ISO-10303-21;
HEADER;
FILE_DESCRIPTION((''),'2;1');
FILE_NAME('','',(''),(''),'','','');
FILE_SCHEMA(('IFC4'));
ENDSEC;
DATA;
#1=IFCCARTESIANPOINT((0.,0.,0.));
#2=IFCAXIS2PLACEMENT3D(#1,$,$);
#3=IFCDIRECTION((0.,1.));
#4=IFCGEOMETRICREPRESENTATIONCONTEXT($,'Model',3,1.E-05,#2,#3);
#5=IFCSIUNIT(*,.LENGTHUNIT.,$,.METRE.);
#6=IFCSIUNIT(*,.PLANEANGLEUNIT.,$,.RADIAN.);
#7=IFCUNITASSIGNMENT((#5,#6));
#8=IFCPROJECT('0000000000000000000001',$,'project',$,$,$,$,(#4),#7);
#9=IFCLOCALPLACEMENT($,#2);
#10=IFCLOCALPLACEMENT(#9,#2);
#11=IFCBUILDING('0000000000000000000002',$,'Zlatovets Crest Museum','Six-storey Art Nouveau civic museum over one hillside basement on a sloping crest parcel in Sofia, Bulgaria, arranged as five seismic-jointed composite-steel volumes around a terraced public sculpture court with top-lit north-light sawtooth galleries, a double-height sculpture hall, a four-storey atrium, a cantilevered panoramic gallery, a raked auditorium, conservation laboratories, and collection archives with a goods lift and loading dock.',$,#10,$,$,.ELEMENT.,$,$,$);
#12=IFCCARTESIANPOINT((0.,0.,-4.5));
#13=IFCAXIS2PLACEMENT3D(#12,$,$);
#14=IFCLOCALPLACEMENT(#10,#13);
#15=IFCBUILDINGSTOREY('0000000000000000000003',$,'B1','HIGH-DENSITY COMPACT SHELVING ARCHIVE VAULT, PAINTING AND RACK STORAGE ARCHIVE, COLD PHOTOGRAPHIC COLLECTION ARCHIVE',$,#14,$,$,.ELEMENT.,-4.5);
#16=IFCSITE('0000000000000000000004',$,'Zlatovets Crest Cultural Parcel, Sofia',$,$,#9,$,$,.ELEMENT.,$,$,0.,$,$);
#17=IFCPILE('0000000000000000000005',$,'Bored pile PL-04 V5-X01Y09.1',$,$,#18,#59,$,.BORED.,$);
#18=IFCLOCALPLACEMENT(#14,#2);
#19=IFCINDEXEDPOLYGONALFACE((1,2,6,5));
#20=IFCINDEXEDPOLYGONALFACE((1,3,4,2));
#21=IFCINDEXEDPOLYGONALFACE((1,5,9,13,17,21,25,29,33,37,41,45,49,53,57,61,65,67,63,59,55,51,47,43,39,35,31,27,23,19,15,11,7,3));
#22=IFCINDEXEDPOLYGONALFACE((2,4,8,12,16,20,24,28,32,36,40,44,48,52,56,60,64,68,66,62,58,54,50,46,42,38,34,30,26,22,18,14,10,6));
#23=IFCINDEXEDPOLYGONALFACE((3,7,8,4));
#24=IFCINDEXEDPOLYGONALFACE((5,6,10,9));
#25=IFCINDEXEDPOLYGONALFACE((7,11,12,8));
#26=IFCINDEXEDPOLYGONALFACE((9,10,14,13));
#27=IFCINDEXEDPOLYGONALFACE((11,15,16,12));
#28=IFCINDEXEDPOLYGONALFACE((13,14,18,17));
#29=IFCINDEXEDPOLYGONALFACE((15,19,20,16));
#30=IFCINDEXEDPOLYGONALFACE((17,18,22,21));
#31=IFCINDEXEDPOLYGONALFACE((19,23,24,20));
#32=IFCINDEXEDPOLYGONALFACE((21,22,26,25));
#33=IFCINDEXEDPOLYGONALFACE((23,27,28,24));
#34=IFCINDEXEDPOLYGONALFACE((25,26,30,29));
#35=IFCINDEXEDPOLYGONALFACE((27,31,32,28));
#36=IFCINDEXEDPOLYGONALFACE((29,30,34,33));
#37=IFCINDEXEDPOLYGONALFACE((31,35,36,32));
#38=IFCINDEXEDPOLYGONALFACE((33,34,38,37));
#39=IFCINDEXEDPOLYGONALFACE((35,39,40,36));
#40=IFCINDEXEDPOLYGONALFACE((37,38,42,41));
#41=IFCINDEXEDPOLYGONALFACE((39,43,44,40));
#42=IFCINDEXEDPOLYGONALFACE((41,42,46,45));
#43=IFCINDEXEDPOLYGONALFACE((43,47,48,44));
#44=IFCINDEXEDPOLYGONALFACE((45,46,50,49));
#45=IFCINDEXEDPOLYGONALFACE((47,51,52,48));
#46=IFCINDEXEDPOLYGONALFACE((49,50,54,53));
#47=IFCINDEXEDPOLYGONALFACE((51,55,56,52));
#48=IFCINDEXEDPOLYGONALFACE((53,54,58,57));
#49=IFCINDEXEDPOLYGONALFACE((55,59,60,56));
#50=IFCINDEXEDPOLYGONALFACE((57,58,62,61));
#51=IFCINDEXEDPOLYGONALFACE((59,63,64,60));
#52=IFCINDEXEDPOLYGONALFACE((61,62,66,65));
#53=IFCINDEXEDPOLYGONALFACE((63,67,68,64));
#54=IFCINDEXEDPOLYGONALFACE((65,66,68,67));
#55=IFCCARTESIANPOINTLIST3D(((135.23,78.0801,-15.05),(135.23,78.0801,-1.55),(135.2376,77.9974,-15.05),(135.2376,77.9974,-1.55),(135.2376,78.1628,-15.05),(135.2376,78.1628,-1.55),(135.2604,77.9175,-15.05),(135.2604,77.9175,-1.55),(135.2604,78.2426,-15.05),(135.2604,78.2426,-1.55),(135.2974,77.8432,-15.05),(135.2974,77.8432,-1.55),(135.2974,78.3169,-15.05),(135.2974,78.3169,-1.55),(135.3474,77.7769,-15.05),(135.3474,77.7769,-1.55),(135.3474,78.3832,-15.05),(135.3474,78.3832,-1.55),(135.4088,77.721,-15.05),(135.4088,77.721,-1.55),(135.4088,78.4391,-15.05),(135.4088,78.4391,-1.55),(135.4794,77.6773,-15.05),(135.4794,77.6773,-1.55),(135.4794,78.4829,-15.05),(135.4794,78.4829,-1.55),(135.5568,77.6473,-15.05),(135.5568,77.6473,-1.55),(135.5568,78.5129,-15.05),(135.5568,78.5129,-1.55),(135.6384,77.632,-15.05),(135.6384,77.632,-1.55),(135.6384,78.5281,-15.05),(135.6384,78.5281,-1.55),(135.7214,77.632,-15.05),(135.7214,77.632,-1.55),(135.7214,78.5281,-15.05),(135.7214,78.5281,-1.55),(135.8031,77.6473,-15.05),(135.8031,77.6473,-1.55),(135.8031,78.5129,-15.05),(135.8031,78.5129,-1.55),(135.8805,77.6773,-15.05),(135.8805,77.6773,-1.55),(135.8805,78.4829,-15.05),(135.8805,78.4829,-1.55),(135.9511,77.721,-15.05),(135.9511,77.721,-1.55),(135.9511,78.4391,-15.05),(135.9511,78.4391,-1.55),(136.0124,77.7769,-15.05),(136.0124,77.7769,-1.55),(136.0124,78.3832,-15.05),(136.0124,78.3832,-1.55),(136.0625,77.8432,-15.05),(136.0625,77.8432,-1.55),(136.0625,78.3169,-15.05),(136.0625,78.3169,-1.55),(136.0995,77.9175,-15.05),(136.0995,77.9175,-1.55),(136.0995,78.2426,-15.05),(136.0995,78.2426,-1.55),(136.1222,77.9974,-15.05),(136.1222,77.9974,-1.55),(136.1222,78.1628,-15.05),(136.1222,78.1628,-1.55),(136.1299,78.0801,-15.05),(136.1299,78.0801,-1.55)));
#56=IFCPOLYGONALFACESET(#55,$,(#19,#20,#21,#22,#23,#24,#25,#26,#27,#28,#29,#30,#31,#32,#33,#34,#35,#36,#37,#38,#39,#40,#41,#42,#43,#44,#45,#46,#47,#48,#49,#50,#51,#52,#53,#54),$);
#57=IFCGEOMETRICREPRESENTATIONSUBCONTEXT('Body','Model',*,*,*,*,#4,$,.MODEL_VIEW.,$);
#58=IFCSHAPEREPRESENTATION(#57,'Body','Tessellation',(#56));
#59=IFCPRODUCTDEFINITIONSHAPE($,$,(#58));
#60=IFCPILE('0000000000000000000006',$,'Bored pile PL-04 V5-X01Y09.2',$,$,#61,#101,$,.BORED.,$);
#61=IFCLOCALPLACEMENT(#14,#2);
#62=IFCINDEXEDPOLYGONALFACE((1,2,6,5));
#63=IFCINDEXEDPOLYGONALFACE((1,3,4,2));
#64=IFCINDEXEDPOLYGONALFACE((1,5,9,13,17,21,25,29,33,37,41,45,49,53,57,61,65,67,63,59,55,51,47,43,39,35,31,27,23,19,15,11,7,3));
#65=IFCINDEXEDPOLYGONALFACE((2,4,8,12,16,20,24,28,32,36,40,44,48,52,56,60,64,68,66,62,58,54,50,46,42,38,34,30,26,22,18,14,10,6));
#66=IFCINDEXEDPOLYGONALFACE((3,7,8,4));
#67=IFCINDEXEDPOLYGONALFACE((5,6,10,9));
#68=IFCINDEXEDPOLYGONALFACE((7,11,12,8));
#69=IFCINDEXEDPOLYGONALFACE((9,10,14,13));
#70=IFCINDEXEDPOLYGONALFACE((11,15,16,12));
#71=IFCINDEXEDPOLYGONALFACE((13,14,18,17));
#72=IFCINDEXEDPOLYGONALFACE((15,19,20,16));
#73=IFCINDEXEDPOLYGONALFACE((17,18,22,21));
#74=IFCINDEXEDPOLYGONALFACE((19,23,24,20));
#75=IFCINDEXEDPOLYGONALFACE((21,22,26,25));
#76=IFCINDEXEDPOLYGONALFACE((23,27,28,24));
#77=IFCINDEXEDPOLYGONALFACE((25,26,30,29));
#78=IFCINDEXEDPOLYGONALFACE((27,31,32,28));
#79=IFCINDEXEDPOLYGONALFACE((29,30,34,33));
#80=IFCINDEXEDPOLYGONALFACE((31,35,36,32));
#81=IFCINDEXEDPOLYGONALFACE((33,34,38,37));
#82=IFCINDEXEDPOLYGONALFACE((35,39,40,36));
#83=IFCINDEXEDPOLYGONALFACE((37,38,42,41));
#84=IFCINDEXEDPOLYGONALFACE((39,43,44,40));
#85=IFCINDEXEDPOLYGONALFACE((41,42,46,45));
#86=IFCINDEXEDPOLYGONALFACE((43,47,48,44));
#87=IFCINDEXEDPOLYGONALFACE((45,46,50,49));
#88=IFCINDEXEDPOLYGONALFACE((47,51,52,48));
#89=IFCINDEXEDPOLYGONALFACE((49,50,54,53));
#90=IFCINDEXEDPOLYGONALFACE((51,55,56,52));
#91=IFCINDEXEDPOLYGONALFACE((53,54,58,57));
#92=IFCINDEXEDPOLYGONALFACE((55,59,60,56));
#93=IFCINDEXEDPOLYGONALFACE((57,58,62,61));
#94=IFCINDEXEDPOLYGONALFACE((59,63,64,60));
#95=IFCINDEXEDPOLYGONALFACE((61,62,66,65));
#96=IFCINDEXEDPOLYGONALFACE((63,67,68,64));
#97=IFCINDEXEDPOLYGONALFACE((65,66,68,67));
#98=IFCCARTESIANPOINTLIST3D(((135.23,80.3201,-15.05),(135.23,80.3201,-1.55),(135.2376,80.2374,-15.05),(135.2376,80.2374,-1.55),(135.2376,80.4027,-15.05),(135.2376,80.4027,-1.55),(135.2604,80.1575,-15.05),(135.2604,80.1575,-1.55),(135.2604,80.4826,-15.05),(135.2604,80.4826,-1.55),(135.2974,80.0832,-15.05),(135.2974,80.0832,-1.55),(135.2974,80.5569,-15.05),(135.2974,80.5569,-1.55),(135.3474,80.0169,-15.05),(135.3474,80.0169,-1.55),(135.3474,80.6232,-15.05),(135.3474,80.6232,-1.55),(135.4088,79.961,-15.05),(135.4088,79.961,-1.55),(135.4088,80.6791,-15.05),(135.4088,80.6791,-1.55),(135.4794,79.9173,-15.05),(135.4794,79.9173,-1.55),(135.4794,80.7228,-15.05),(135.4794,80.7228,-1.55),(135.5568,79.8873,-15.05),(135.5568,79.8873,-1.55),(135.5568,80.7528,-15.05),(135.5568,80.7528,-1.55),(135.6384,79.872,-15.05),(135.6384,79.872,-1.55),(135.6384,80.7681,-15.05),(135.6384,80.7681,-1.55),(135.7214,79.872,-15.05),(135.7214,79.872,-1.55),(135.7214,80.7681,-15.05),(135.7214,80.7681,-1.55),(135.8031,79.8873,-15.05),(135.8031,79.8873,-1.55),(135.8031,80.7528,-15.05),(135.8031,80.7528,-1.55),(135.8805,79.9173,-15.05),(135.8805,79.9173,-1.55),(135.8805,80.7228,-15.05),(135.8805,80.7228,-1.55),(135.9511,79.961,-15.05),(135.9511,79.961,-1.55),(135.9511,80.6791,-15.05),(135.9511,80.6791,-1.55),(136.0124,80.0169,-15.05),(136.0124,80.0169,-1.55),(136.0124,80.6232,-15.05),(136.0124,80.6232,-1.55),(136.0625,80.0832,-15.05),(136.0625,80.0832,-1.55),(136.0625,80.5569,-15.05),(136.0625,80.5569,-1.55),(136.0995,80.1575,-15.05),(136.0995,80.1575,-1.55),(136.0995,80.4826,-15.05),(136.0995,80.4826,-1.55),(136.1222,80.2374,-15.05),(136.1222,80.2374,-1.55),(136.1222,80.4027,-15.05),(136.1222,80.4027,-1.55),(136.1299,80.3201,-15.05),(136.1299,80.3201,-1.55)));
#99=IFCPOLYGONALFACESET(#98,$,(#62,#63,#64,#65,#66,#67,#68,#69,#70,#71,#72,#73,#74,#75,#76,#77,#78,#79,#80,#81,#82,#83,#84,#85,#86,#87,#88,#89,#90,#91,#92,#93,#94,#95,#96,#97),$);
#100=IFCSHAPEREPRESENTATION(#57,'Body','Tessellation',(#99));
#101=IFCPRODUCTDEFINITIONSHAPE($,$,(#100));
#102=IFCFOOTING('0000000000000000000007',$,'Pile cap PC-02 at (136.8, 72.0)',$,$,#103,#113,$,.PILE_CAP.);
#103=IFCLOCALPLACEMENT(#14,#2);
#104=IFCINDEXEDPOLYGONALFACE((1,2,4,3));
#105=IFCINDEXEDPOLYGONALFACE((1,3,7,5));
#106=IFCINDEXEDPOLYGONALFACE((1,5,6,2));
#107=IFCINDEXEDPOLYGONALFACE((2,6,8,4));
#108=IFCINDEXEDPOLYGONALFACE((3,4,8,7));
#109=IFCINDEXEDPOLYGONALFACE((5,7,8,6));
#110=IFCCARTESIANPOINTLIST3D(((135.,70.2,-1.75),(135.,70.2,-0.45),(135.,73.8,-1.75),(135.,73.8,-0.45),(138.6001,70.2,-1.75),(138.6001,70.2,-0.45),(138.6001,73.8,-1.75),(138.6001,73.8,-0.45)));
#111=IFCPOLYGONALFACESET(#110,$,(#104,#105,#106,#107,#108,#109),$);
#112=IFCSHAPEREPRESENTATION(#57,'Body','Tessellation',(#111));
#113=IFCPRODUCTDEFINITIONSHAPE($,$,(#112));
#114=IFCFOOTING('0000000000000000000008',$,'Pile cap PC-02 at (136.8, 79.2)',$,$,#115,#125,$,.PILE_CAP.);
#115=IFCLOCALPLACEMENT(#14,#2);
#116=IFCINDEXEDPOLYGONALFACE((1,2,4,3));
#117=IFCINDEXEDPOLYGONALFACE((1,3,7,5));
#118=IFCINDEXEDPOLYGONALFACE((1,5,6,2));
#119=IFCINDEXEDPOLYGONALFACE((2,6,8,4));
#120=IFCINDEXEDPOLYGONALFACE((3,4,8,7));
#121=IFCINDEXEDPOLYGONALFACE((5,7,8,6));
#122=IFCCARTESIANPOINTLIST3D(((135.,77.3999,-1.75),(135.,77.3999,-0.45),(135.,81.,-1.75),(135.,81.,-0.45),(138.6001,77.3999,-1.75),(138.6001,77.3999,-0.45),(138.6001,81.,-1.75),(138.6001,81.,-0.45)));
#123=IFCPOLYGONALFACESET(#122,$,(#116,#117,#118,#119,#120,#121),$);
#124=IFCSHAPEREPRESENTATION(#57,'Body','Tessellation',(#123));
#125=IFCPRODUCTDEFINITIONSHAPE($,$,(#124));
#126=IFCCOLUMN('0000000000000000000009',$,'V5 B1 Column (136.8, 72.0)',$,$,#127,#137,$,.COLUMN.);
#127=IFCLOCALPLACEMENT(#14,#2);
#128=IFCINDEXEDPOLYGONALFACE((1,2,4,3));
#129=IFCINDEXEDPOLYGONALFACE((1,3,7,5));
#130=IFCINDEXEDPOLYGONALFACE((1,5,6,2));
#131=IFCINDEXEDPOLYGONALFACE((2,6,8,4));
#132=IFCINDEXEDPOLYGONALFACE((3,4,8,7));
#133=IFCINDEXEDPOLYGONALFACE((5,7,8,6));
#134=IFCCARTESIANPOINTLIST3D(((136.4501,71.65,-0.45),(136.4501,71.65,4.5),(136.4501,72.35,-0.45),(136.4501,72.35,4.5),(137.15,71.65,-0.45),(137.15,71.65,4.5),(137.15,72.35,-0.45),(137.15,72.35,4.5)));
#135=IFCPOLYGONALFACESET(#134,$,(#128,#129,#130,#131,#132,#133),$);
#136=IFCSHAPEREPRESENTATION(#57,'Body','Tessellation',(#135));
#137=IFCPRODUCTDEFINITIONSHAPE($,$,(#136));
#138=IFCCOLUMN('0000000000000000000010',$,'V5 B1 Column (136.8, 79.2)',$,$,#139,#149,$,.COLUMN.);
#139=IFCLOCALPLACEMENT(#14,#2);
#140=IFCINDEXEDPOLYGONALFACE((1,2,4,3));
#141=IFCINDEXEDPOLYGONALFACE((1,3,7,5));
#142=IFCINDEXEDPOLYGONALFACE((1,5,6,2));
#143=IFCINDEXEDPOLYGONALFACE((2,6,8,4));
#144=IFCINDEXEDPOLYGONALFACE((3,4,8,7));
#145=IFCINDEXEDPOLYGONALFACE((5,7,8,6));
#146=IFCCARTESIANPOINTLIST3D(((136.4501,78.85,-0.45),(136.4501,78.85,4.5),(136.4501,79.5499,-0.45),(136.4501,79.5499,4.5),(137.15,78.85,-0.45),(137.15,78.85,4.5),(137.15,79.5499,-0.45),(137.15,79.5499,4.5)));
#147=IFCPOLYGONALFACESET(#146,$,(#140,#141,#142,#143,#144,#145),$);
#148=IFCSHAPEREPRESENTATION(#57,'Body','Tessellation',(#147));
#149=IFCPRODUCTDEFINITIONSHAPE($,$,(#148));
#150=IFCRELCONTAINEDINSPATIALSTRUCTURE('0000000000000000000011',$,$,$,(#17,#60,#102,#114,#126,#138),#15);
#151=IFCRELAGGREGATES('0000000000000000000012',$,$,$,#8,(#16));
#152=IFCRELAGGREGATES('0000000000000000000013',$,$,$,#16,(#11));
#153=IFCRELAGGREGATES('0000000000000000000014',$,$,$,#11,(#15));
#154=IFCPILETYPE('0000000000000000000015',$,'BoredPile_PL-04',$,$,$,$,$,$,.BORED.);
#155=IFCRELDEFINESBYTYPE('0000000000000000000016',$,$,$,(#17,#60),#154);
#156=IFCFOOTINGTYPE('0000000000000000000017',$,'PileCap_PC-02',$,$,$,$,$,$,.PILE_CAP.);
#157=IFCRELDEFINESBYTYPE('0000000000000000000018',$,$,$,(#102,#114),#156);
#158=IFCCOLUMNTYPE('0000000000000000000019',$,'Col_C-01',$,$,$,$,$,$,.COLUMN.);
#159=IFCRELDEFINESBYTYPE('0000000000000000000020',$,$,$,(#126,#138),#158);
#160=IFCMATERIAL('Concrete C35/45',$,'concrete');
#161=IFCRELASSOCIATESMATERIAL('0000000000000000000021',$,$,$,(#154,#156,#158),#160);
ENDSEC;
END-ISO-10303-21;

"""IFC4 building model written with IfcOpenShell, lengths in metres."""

from ifc_helpers import new_model, si_unit, direction, frame, origin, origin_2d, place, context, subcontext, project, spatial, rectangle, circle, extrude, material, material_profile, profile_set, type_object, element, save


model = new_model("IFC4")

# Units and contexts
model_context = context("Model", 3, precision=1e-05, world=origin(), true_north=direction((0.0, 1.0)))
body_context = subcontext(model_context, "Body", "Model", "MODEL_VIEW")
ifc_project = project(units=[si_unit("LENGTHUNIT", "METRE"), si_unit("PLANEANGLEUNIT", "RADIAN")], contexts=[model_context])

# Site, building, storey
site_placement = place(None, origin())
site = spatial("IfcSite", under=ifc_project, at=site_placement, Name="Zlatovets Crest Cultural Parcel, Sofia", CompositionType="ELEMENT", RefElevation=0.0)
building_placement = place(site_placement, origin())
building = spatial("IfcBuilding", under=site, at=building_placement, Name="Zlatovets Crest Museum", Description="Six-storey Art Nouveau civic museum over one hillside basement on a sloping crest parcel in Sofia, Bulgaria, arranged as five seismic-jointed composite-steel volumes around a terraced public sculpture court with top-lit north-light sawtooth galleries, a double-height sculpture hall, a four-storey atrium, a cantilevered panoramic gallery, a raked auditorium, conservation laboratories, and collection archives with a goods lift and loading dock.", CompositionType="ELEMENT")
storey_placement = place(building_placement, frame((0.0, 0.0, -4.5)))
storey = spatial("IfcBuildingStorey", under=building, at=storey_placement, Name="B1", Description="HIGH-DENSITY COMPACT SHELVING ARCHIVE VAULT, PAINTING AND RACK STORAGE ARCHIVE, COLD PHOTOGRAPHIC COLLECTION ARCHIVE", CompositionType="ELEMENT", Elevation=-4.5)

# Piles
ifc_material_1 = material(Name="Concrete C35/45", Category="concrete")
ifc_material_profile_1 = material_profile(ifc_material_1, circle(Radius=0.45, at=origin_2d()), Name="PILE D900")
ifc_profile_set_1 = profile_set([ifc_material_profile_1], Name="Concrete C35/45")
pile_type = type_object("IfcPileType", Name="BoredPile_PL-04", PredefinedType="BORED", material=ifc_profile_set_1)
for number, where, z_axis, x_axis, name in (
    (1, (135.6799, 78.0801, -1.55), (0.0, 0.0, -1.0), (1.0, 0.0, 0.0), "Bored pile PL-04 V5-X01Y09.1"),
    (2, (135.6799, 80.3201, -1.55), (0.0, 0.0, -1.0), (1.0, 0.0, 0.0), "Bored pile PL-04 V5-X01Y09.2"),
):
    element("IfcPile", number, at=place(storey_placement, frame(where, z_axis=z_axis, x_axis=x_axis)), inside=storey, type_object=pile_type, Name=name, PredefinedType="BORED", context=body_context, shape_type="SweptSolid", body=[
        extrude(circle(Radius=0.45, at=origin_2d()), origin(), (0.0, 0.0, 1.0), 13.5),
    ])

# Footings
footing_type = type_object("IfcFootingType", Name="PileCap_PC-02", PredefinedType="PILE_CAP", material=ifc_material_1)
for number, where, z_axis, x_axis, name in (
    (3, (136.8, 72.0, -1.75), (0.0, 0.0, 1.0), (1.0, 0.0, 0.0), "Pile cap PC-02 at (136.8, 72.0)"),
    (4, (136.8, 79.2, -1.75), (0.0, 0.0, 1.0), (1.0, 0.0, 0.0), "Pile cap PC-02 at (136.8, 79.2)"),
):
    element("IfcFooting", number, at=place(storey_placement, frame(where, z_axis=z_axis, x_axis=x_axis)), inside=storey, type_object=footing_type, Name=name, PredefinedType="PILE_CAP", context=body_context, shape_type="SweptSolid", body=[
        extrude(rectangle(XDim=3.6001, YDim=3.6001, at=origin_2d()), origin(), (0.0, 0.0, 1.0), 1.3),
    ])

# Columns
ifc_material_profile_2 = material_profile(ifc_material_1, rectangle(XDim=0.7, YDim=0.7, at=origin_2d()), Name="RC 700x700")
ifc_profile_set_2 = profile_set([ifc_material_profile_2], Name="Concrete C35/45")
column_type = type_object("IfcColumnType", Name="Col_C-01", PredefinedType="COLUMN", material=ifc_profile_set_2)
for number, where, z_axis, x_axis, name in (
    (5, (136.8, 72.0, -0.45), (0.0, 0.0, 1.0), (0.0, 1.0, 0.0), "V5 B1 Column (136.8, 72.0)"),
    (6, (136.8, 79.2, -0.45), (0.0, 0.0, 1.0), (1.0, 0.0, 0.0), "V5 B1 Column (136.8, 79.2)"),
):
    element("IfcColumn", number, at=place(storey_placement, frame(where, z_axis=z_axis, x_axis=x_axis)), inside=storey, type_object=column_type, Name=name, PredefinedType="COLUMN", context=body_context, shape_type="SweptSolid", body=[
        extrude(rectangle(XDim=0.7, YDim=0.7, at=origin_2d()), origin(), (0.0, 0.0, 1.0), 4.95),
    ])

save(model, "model.ifc")
